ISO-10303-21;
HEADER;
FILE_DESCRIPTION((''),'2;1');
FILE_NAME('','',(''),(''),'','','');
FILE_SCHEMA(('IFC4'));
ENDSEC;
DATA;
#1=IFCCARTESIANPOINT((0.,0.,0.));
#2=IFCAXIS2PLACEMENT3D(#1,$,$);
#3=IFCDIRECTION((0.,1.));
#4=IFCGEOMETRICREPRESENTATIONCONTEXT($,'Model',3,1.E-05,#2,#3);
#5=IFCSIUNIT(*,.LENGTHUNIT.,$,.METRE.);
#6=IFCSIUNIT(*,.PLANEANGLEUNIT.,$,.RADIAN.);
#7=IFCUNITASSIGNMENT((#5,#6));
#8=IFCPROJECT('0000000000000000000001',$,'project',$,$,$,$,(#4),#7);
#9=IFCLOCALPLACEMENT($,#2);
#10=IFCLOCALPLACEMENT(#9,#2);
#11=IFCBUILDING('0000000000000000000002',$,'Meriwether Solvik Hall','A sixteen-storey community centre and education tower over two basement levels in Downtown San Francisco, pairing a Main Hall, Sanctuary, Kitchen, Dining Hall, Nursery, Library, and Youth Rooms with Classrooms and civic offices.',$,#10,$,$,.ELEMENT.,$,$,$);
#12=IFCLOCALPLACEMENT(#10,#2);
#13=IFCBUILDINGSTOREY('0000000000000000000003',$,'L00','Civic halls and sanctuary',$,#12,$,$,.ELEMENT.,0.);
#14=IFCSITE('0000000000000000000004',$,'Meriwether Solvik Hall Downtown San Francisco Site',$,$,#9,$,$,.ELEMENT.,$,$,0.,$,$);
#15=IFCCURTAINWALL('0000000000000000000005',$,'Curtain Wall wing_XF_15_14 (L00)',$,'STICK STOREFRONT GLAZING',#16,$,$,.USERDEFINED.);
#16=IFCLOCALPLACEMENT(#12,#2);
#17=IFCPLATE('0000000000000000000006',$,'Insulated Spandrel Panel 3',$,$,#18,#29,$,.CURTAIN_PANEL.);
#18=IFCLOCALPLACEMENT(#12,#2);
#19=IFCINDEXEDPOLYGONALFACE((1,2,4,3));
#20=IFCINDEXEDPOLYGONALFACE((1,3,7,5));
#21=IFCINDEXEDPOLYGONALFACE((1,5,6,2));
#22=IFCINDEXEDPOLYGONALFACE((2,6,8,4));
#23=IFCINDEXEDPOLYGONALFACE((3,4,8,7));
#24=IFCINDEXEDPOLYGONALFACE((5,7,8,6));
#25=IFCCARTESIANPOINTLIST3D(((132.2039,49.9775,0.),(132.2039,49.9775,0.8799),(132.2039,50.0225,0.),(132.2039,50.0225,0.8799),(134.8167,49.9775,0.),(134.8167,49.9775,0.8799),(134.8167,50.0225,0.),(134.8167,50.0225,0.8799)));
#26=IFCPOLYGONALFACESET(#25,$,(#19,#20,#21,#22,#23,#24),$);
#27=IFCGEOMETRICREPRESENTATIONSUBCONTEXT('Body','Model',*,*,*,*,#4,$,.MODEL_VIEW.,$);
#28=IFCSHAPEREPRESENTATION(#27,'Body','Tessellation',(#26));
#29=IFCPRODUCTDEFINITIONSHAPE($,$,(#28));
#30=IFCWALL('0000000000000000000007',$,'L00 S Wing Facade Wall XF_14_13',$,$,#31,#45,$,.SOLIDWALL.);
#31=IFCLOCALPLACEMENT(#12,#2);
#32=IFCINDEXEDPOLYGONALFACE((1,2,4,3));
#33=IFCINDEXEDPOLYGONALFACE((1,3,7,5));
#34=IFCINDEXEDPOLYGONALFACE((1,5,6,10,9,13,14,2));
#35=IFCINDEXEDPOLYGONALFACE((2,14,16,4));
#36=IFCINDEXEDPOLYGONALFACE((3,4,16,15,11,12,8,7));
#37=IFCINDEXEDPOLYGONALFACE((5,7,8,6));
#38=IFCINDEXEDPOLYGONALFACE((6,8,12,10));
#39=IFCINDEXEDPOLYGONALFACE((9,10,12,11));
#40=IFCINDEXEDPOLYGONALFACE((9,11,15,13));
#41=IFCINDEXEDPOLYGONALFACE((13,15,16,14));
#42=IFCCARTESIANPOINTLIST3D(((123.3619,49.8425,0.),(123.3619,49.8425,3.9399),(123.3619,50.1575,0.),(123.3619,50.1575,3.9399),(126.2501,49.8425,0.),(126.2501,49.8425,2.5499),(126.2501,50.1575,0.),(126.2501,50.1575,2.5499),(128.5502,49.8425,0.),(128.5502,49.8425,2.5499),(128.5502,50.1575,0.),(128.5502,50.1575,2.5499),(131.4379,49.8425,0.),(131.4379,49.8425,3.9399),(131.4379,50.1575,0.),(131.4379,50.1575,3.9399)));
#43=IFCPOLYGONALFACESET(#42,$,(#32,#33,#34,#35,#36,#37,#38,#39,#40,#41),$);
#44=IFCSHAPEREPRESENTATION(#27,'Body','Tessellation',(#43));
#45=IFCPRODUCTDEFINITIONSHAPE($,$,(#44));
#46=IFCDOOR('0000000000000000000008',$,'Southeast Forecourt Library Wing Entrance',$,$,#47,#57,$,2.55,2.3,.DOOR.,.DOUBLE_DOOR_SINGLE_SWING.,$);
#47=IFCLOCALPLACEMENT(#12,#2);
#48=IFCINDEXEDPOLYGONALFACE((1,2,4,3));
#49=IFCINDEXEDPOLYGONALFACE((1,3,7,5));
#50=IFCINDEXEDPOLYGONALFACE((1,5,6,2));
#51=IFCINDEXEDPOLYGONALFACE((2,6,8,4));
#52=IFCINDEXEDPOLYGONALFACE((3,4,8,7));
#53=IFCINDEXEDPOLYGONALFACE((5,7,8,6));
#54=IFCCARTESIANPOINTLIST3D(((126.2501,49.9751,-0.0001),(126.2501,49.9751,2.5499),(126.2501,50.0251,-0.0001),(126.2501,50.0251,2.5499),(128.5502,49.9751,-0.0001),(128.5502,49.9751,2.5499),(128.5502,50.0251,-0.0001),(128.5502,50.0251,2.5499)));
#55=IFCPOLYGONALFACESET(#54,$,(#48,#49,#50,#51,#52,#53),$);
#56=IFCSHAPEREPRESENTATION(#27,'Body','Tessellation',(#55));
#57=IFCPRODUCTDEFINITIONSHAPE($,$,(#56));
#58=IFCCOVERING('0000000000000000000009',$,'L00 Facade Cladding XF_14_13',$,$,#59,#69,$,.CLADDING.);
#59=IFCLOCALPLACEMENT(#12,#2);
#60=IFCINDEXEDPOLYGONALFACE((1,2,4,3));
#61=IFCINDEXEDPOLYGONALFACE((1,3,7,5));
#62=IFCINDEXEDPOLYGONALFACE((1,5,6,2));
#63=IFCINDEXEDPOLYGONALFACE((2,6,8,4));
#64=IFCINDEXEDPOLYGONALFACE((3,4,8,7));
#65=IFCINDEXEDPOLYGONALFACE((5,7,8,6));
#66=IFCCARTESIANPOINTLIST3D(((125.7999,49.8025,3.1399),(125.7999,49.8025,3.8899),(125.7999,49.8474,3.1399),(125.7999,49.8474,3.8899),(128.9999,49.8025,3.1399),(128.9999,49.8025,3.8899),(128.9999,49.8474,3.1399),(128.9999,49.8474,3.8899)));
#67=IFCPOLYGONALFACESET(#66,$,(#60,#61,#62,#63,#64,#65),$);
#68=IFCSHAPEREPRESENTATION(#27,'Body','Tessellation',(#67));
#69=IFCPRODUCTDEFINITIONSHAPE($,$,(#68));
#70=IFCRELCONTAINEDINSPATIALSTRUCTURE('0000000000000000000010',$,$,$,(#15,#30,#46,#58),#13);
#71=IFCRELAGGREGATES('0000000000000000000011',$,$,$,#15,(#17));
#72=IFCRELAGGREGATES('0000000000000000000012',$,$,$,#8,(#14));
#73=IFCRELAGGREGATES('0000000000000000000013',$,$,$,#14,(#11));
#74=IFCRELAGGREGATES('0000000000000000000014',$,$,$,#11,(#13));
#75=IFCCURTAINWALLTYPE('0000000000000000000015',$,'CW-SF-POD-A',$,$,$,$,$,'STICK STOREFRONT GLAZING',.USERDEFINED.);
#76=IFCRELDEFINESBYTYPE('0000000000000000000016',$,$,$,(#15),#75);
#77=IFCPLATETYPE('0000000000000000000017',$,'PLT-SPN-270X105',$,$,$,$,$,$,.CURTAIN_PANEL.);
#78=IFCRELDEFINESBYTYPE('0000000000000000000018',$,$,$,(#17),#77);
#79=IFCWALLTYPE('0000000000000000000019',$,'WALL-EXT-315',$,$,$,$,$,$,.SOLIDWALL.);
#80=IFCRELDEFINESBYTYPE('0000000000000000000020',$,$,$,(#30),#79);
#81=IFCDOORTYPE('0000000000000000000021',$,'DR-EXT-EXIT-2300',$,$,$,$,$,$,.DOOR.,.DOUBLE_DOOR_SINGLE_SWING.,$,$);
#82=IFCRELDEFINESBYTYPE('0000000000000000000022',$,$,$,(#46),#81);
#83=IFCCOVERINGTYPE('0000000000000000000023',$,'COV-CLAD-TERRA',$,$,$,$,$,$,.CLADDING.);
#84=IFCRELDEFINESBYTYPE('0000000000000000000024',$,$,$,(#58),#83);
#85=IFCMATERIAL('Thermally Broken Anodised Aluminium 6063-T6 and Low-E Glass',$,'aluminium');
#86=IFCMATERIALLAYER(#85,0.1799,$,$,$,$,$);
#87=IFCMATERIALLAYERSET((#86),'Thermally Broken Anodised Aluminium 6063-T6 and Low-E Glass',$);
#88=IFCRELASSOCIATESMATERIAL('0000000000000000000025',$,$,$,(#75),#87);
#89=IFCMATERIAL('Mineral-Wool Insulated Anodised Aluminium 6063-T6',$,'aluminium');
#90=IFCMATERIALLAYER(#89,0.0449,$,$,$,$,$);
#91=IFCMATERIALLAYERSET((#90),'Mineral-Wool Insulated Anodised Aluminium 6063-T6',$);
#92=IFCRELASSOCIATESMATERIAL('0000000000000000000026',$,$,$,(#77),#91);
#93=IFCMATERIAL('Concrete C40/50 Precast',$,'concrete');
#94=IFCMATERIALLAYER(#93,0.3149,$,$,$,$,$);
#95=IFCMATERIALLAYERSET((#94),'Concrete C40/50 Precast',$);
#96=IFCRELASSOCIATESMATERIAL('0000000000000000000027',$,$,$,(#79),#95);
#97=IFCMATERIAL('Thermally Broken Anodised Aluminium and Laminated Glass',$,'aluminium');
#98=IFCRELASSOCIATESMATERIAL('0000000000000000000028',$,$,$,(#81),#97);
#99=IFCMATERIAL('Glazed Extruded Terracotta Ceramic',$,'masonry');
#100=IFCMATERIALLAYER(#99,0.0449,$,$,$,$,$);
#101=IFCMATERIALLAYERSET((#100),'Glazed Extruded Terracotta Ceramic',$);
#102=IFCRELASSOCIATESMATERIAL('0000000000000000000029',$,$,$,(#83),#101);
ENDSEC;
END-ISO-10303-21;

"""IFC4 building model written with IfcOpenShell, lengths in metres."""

from ifc_helpers import new_model, si_unit, direction, frame, frame_2d, origin, origin_2d, place, context, subcontext, project, spatial, rectangle, extrude, material, layer, layer_set, type_object, element, fill, aggregate, save


model = new_model("IFC4")

# Units and contexts
model_context = context("Model", 3, precision=1e-05, world=origin(), true_north=direction((0.0, 1.0)))
body_context = subcontext(model_context, "Body", "Model", "MODEL_VIEW")
ifc_project = project(units=[si_unit("LENGTHUNIT", "METRE"), si_unit("PLANEANGLEUNIT", "RADIAN")], contexts=[model_context])

# Site, building, storey
site_placement = place(None, origin())
site = spatial("IfcSite", under=ifc_project, at=site_placement, Name="Meriwether Solvik Hall Downtown San Francisco Site", CompositionType="ELEMENT", RefElevation=0.0)
building_placement = place(site_placement, origin())
building = spatial("IfcBuilding", under=site, at=building_placement, Name="Meriwether Solvik Hall", Description="A sixteen-storey community centre and education tower over two basement levels in Downtown San Francisco, pairing a Main Hall, Sanctuary, Kitchen, Dining Hall, Nursery, Library, and Youth Rooms with Classrooms and civic offices.", CompositionType="ELEMENT")
storey_placement = place(building_placement, origin())
storey = spatial("IfcBuildingStorey", under=building, at=storey_placement, Name="L00", Description="Civic halls and sanctuary", CompositionType="ELEMENT", Elevation=0.0)

# Curtain wall, plate
ifc_material_1 = material(Name="Thermally Broken Anodised Aluminium 6063-T6 and Low-E Glass", Category="aluminium")
ifc_layer_1 = layer(ifc_material_1, 0.1799)
ifc_layer_set_1 = layer_set([ifc_layer_1], Name="Thermally Broken Anodised Aluminium 6063-T6 and Low-E Glass")
curtain_wall_type = type_object("IfcCurtainWallType", Name="CW-SF-POD-A", ElementType="STICK STOREFRONT GLAZING", PredefinedType="USERDEFINED", material=ifc_layer_set_1)
curtain_wall_placement = place(storey_placement, origin())
curtain_wall = element("IfcCurtainWall", 1, at=curtain_wall_placement, inside=storey, type_object=curtain_wall_type, Name="Curtain Wall wing_XF_15_14 (L00)", ObjectType="STICK STOREFRONT GLAZING", PredefinedType="USERDEFINED")
ifc_material_2 = material(Name="Mineral-Wool Insulated Anodised Aluminium 6063-T6", Category="aluminium")
ifc_layer_2 = layer(ifc_material_2, 0.0449)
ifc_layer_set_2 = layer_set([ifc_layer_2], Name="Mineral-Wool Insulated Anodised Aluminium 6063-T6")
plate_type_1 = type_object("IfcPlateType", Name="PLT-SPN-270X105", PredefinedType="CURTAIN_PANEL", material=ifc_layer_set_2)
plate_1_placement = place(storey_placement, frame((133.5103, 50.0, 0.0), z_axis=(0.0, 0.0, 1.0), x_axis=(-1.0, 0.0, 0.0)))
plate_1 = element("IfcPlate", 2, at=plate_1_placement, type_object=plate_type_1, Name="Insulated Spandrel Panel 3", PredefinedType="CURTAIN_PANEL", context=body_context, shape_type="SweptSolid", body=[
    extrude(rectangle(XDim=2.6128, YDim=0.0449, at=origin_2d()), origin(), (0.0, 0.0, 1.0), 0.8799),
])
aggregate(curtain_wall, [plate_1])

# Wall, opening, door
ifc_material_3 = material(Name="Concrete C40/50 Precast", Category="concrete")
ifc_layer_3 = layer(ifc_material_3, 0.3149)
ifc_layer_set_3 = layer_set([ifc_layer_3], Name="Concrete C40/50 Precast")
wall_type = type_object("IfcWallType", Name="WALL-EXT-315", PredefinedType="SOLIDWALL", material=ifc_layer_set_3)
wall_placement = place(storey_placement, frame((131.438, 50.0, 0.0), z_axis=(0.0, 0.0, 1.0), x_axis=(-1.0, 0.0, 0.0)))
wall = element("IfcWall", 3, at=wall_placement, inside=storey, type_object=wall_type, Name="L00 S Wing Facade Wall XF_14_13", PredefinedType="SOLIDWALL", context=body_context, shape_type="SweptSolid", body=[
    extrude(rectangle(XDim=8.0759, YDim=0.3149, at=frame_2d((4.0381, 0.0))), origin(), (0.0, 0.0, 1.0), 3.9399),
])
opening_placement = place(wall_placement, frame((2.8879, 0.0, 0.0)))
opening = element("IfcOpeningElement", 4, at=opening_placement, cuts=wall, PredefinedType="OPENING", context=body_context, shape_type="SweptSolid", body=[
    extrude(rectangle(XDim=2.3, YDim=2.55, at=frame_2d((1.1499, 1.2749))), frame((0.0, 0.1694, 0.0), z_axis=(0.0, -1.0, 0.0), x_axis=(1.0, 0.0, 0.0)), (0.0, 0.0, 1.0), 0.3389),
])
ifc_material_4 = material(Name="Thermally Broken Anodised Aluminium and Laminated Glass", Category="aluminium")
door_type = type_object("IfcDoorType", Name="DR-EXT-EXIT-2300", OperationType="DOUBLE_DOOR_SINGLE_SWING", PredefinedType="DOOR", material=ifc_material_4)
door_placement = place(opening_placement, origin())
door = element("IfcDoor", 5, at=door_placement, inside=storey, type_object=door_type, Name="Southeast Forecourt Library Wing Entrance", OperationType="DOUBLE_DOOR_SINGLE_SWING", OverallHeight=2.55, OverallWidth=2.3, PredefinedType="DOOR", context=body_context, shape_type="SweptSolid", body=[
    extrude(rectangle(XDim=2.3, YDim=2.55, at=frame_2d((1.1499, 1.2749))), frame((0.0, 0.0249, 0.0), z_axis=(0.0, -1.0, 0.0), x_axis=(1.0, 0.0, 0.0)), (0.0, 0.0, 1.0), 0.05),
])
fill(opening, door)

# Covering
ifc_material_5 = material(Name="Glazed Extruded Terracotta Ceramic", Category="masonry")
ifc_layer_4 = layer(ifc_material_5, 0.0449)
ifc_layer_set_4 = layer_set([ifc_layer_4], Name="Glazed Extruded Terracotta Ceramic")
covering_type = type_object("IfcCoveringType", Name="COV-CLAD-TERRA", PredefinedType="CLADDING", material=ifc_layer_set_4)
covering_placement = place(storey_placement, frame((127.3999, 49.825, 3.1399), z_axis=(0.0, 0.0, 1.0), x_axis=(-1.0, 0.0, 0.0)))
element("IfcCovering", 6, at=covering_placement, inside=storey, type_object=covering_type, Name="L00 Facade Cladding XF_14_13", PredefinedType="CLADDING", context=body_context, shape_type="SweptSolid", body=[
    extrude(rectangle(XDim=3.2, YDim=0.0449, at=origin_2d()), origin(), (0.0, 0.0, 1.0), 0.75),
])

save(model, "model.ifc")
